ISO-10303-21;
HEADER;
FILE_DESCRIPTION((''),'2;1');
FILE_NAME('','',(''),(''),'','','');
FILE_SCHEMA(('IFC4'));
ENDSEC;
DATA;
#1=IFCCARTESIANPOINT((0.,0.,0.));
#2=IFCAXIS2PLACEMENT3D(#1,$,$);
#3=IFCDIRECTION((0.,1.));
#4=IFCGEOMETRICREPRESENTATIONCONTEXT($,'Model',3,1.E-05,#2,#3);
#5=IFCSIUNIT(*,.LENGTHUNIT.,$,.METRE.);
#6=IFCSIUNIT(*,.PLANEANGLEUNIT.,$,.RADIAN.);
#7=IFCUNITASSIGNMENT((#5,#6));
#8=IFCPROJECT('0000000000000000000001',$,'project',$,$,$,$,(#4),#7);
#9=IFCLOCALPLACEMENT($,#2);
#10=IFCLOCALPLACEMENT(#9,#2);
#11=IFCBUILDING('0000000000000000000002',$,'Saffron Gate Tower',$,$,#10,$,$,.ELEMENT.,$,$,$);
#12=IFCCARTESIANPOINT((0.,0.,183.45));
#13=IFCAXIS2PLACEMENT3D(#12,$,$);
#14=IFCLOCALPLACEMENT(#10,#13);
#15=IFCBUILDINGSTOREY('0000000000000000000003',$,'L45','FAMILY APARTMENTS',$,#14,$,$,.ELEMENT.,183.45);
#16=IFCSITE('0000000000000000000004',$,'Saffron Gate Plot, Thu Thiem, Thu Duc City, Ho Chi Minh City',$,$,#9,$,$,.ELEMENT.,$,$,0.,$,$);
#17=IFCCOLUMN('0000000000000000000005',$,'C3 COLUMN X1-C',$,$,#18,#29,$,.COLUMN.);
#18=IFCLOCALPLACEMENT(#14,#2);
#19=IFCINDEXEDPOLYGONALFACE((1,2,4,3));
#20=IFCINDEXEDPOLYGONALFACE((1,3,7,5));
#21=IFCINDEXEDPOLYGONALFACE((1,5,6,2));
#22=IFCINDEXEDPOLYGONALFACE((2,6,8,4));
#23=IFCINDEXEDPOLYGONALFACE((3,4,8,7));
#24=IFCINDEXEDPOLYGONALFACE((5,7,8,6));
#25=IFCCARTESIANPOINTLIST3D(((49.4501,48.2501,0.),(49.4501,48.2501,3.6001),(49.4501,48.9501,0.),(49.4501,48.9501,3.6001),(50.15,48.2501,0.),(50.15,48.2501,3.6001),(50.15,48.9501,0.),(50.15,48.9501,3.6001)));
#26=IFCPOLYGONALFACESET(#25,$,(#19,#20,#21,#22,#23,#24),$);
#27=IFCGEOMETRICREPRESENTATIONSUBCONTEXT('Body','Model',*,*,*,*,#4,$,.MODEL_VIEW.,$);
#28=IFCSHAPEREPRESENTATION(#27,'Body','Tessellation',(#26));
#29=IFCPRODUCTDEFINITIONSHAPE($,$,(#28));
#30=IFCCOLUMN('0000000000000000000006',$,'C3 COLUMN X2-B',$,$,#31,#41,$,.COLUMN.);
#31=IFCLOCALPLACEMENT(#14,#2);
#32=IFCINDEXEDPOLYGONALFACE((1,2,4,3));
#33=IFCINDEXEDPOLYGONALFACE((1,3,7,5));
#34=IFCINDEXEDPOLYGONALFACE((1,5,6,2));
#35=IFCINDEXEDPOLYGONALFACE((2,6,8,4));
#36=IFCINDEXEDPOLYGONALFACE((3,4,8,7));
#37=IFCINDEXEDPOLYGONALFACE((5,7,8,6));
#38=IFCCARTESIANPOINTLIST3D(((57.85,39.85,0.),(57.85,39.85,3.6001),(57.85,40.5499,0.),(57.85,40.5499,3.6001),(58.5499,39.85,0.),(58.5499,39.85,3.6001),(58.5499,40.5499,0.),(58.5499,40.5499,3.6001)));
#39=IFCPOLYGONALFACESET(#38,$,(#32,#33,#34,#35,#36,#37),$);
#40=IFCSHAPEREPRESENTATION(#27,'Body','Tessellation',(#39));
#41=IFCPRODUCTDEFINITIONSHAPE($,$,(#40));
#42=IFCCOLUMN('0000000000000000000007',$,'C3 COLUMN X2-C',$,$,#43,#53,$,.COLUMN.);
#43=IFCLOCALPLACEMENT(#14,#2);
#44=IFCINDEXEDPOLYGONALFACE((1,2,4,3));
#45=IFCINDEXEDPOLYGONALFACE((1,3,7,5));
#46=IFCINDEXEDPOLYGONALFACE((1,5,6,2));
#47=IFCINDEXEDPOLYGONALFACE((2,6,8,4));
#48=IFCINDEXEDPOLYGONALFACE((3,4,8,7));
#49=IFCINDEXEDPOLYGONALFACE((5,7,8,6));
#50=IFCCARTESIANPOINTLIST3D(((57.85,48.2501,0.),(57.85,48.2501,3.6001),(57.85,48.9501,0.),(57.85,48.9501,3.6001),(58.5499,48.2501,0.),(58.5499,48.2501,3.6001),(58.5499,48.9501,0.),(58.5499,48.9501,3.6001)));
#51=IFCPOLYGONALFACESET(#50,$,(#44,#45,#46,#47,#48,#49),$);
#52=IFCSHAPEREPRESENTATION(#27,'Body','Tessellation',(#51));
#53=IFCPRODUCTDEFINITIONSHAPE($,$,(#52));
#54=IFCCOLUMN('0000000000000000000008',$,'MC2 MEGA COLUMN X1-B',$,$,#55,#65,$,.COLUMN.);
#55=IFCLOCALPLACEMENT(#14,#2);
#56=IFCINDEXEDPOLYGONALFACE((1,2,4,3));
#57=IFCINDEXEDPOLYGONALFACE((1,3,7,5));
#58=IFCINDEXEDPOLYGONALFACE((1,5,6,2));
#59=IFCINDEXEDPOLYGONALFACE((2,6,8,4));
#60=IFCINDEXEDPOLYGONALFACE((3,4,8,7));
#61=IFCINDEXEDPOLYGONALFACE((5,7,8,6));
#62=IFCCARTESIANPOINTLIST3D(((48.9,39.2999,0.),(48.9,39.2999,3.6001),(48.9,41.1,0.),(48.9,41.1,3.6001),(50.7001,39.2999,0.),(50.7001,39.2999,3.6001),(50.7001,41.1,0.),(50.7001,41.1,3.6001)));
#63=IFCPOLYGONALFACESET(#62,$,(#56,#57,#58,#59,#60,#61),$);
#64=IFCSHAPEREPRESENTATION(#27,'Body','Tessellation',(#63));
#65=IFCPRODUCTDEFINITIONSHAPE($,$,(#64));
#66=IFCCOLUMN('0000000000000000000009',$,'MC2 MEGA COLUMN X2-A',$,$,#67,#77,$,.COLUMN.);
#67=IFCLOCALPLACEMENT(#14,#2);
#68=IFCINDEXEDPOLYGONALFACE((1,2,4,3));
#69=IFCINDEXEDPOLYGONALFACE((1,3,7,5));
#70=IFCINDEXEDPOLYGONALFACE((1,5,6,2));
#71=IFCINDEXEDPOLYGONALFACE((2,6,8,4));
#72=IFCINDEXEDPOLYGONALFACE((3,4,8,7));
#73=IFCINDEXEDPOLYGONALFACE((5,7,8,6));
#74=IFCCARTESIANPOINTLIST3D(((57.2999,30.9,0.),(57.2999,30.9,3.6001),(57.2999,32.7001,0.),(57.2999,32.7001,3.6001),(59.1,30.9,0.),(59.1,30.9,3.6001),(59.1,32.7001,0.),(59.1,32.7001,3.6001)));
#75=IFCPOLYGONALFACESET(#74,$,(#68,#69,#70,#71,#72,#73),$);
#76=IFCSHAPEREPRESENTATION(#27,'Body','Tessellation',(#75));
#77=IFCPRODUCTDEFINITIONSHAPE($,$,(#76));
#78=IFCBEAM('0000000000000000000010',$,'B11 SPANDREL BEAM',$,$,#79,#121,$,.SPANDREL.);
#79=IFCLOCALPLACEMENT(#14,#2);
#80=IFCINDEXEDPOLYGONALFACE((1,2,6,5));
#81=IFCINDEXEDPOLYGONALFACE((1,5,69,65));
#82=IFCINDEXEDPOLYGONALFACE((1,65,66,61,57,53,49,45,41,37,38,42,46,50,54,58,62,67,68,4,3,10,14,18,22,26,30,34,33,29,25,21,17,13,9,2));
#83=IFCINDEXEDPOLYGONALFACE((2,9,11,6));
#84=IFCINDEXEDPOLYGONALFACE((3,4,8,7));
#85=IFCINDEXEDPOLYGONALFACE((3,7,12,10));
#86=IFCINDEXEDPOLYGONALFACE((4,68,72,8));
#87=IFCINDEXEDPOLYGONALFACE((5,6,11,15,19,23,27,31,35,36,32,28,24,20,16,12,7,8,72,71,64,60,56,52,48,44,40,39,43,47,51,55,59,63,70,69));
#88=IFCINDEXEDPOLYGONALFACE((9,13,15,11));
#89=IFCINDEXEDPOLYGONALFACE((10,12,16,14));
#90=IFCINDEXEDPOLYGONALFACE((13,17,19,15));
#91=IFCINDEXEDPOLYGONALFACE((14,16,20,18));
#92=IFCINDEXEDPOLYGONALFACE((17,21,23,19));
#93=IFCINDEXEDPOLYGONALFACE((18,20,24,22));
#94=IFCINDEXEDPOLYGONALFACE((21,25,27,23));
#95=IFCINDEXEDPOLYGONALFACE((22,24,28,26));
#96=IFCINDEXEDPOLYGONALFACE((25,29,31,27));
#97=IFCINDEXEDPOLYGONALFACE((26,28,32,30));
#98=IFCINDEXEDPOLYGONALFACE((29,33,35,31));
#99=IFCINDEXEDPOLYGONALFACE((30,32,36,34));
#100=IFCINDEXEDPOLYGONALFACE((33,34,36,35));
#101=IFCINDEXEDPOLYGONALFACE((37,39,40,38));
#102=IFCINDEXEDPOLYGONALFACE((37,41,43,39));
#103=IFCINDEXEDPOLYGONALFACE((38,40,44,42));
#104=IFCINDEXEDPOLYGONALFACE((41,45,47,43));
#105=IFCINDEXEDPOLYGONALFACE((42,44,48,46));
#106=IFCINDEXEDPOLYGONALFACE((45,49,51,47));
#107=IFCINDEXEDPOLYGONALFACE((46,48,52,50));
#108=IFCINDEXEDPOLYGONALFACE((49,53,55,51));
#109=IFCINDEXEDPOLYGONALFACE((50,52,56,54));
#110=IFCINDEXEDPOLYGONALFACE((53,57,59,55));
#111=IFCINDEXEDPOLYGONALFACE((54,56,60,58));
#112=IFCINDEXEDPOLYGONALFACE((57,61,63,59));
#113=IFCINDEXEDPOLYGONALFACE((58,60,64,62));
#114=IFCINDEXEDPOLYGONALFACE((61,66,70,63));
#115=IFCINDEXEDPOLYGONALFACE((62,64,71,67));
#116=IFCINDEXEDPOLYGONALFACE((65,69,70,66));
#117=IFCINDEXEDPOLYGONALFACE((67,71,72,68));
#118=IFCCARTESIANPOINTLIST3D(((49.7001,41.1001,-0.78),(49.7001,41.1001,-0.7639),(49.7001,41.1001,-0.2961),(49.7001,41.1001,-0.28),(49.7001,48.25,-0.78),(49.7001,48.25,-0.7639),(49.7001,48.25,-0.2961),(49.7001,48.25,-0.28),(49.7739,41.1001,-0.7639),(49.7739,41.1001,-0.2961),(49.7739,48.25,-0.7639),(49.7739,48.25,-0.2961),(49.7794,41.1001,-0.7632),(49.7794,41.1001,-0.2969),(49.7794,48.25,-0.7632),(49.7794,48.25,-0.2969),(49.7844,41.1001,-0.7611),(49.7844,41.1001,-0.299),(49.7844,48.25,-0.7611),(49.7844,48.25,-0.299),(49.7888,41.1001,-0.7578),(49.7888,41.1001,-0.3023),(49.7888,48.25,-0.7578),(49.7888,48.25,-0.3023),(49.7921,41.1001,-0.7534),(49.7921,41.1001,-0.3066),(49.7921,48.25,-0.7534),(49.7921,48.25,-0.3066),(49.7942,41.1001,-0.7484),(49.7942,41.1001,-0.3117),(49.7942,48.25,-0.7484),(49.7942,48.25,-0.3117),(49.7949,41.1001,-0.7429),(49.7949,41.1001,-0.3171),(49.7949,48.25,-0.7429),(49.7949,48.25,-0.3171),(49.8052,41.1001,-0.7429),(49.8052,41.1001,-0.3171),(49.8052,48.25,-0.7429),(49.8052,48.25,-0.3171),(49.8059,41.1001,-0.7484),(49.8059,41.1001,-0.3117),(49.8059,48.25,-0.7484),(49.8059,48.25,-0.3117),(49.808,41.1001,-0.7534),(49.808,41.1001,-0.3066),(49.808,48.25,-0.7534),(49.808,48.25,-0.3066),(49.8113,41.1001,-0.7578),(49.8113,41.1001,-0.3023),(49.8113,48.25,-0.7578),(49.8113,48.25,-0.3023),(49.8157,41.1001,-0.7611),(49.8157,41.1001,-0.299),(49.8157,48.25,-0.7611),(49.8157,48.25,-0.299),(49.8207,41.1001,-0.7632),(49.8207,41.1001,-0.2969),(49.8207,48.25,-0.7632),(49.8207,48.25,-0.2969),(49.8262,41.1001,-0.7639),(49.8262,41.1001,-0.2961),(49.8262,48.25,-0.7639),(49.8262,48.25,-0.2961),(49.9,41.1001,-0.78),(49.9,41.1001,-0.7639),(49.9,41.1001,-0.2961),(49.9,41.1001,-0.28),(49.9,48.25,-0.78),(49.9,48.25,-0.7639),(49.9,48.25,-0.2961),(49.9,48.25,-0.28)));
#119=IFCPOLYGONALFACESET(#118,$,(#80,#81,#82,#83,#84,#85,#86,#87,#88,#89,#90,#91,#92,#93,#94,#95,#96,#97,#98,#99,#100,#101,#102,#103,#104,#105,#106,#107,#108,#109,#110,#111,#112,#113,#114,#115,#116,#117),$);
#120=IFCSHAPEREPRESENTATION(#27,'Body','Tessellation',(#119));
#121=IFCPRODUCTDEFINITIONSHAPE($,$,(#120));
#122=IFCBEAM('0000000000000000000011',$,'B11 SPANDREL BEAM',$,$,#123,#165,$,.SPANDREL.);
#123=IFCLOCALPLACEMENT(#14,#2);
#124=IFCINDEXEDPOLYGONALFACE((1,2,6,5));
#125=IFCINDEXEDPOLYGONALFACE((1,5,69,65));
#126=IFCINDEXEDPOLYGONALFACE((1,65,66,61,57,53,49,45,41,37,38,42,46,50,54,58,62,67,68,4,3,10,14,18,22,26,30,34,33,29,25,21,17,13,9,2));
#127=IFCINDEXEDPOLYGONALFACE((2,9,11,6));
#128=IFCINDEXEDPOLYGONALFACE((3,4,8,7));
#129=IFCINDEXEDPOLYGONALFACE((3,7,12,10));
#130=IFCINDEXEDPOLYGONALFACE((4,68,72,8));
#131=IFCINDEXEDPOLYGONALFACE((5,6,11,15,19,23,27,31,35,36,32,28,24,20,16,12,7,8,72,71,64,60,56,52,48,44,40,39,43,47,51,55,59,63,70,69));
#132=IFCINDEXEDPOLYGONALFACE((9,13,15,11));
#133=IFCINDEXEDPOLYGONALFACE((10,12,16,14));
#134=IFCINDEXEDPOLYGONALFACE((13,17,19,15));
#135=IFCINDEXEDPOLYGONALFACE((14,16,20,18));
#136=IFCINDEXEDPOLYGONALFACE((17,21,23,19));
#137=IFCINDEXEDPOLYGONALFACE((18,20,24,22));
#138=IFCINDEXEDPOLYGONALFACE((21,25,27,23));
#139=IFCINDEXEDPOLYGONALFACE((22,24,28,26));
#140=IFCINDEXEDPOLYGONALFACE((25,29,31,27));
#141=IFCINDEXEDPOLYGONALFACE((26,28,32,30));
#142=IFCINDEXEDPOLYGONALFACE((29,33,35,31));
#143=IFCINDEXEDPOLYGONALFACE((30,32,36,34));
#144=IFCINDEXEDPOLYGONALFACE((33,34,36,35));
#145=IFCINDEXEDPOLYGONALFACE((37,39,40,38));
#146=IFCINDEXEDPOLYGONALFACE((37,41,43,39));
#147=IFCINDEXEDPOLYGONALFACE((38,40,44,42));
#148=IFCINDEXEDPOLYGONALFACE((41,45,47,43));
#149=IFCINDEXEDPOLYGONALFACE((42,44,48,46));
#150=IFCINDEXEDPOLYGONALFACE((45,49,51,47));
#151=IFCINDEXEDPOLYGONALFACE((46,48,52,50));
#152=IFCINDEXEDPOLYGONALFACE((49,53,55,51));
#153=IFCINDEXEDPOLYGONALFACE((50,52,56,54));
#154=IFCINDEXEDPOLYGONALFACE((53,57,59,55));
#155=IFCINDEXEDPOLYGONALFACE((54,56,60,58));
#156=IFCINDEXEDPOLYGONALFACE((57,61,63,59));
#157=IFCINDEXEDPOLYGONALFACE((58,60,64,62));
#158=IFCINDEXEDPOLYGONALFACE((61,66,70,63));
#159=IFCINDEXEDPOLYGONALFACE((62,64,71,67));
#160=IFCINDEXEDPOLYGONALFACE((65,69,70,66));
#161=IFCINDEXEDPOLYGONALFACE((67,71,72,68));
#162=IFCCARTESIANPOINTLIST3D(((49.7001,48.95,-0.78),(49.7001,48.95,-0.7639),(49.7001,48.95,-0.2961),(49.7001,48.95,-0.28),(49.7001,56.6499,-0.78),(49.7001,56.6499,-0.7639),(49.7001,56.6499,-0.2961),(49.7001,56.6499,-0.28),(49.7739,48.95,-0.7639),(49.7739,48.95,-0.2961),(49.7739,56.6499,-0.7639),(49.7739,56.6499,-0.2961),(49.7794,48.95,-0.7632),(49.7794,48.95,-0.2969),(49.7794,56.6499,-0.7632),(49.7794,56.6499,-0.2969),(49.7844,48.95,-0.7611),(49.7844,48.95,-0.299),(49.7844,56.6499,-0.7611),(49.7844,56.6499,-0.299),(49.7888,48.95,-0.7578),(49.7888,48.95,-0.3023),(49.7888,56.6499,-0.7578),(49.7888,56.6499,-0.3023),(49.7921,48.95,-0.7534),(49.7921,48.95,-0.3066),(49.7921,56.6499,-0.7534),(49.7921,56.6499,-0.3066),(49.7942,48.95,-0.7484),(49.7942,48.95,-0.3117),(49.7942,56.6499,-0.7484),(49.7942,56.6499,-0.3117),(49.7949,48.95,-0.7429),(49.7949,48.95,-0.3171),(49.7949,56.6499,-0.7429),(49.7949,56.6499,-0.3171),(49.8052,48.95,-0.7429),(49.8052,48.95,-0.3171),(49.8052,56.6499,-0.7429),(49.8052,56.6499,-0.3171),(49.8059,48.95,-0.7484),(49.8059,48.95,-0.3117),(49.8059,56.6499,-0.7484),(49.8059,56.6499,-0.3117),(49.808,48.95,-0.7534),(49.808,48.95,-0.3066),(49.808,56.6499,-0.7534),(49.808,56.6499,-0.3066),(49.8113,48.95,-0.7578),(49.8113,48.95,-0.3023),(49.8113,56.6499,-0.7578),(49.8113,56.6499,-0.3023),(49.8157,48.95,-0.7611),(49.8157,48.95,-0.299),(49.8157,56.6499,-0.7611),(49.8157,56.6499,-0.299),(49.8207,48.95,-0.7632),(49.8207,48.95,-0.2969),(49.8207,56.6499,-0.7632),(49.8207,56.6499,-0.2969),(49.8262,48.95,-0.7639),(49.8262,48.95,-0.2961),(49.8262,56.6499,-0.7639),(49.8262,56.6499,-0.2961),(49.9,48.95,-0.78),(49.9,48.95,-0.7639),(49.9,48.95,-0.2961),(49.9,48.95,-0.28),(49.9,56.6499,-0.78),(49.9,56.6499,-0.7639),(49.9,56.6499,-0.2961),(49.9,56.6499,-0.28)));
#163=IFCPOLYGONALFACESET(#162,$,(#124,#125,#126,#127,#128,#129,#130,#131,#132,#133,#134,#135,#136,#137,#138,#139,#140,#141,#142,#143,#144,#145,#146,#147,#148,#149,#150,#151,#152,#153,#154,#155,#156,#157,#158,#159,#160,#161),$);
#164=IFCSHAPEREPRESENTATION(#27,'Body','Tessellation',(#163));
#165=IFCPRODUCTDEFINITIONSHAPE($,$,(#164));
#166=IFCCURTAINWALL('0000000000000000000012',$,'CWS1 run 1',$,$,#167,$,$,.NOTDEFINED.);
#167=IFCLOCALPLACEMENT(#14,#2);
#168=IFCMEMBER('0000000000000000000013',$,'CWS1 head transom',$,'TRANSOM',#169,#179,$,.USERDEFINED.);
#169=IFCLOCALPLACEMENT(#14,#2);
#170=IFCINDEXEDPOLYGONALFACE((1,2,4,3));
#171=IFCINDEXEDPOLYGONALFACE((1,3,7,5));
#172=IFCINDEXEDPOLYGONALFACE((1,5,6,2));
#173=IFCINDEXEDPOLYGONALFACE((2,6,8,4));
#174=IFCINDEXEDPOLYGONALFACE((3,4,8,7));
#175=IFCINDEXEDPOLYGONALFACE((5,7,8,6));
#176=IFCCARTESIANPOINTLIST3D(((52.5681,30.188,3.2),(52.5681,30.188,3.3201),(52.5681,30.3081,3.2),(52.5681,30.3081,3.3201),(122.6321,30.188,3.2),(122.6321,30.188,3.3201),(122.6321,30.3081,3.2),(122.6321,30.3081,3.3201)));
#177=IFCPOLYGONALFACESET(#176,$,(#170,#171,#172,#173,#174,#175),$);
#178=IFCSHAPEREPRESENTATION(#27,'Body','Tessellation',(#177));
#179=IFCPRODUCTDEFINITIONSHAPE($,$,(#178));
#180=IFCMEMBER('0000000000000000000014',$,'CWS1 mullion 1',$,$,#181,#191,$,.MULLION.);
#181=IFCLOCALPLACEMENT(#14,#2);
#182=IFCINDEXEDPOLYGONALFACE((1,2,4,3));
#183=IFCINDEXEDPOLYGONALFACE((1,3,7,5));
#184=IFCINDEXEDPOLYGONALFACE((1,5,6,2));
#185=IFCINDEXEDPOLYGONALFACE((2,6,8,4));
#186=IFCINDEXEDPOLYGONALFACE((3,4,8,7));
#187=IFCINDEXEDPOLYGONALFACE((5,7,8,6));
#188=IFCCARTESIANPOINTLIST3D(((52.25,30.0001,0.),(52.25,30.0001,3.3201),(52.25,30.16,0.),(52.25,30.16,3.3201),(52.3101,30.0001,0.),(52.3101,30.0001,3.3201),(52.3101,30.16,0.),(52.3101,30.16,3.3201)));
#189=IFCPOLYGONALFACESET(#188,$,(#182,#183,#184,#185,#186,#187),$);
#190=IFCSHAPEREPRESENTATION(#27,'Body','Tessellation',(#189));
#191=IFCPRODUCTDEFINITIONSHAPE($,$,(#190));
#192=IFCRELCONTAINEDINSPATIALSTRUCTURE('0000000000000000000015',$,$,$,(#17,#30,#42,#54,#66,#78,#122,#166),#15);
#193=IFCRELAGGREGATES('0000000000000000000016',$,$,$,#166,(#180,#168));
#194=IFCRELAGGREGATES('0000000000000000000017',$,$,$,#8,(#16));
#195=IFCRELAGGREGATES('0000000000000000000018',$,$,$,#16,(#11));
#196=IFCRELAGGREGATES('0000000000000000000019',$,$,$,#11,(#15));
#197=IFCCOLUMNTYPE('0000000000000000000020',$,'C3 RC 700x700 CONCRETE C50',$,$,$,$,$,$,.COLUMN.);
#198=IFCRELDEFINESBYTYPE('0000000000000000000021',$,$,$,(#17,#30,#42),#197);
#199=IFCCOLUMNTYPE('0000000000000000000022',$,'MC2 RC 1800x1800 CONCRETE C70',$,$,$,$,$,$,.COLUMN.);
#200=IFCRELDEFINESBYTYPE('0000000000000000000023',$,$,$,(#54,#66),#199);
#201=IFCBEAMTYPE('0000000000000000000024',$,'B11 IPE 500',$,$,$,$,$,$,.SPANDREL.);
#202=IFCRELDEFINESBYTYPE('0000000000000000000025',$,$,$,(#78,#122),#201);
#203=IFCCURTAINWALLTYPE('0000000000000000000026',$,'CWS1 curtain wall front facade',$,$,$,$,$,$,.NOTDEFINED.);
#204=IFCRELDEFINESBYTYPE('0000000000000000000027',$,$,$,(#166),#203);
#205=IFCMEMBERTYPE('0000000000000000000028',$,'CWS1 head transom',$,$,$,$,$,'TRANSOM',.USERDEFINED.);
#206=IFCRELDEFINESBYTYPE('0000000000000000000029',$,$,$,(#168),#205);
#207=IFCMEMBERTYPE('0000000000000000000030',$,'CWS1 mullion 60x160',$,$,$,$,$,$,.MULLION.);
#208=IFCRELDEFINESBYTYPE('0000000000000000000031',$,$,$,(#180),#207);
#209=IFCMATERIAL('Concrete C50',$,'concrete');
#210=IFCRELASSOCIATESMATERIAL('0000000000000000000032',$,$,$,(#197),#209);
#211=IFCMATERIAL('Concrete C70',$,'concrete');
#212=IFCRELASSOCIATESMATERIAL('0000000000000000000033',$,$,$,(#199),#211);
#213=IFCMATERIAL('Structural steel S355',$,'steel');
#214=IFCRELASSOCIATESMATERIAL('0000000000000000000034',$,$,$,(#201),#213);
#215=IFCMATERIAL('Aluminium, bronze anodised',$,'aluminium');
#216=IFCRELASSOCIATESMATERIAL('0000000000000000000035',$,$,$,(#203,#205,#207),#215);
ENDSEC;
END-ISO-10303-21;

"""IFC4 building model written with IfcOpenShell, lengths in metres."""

from ifc_helpers import new_model, si_unit, direction, frame, origin, origin_2d, place, context, subcontext, project, spatial, rectangle, i_section, extrude, material, material_profile, profile_set, type_object, element, aggregate, save


model = new_model("IFC4")

# Units and contexts
model_context = context("Model", 3, precision=1e-05, world=origin(), true_north=direction((0.0, 1.0)))
body_context = subcontext(model_context, "Body", "Model", "MODEL_VIEW")
ifc_project = project(units=[si_unit("LENGTHUNIT", "METRE"), si_unit("PLANEANGLEUNIT", "RADIAN")], contexts=[model_context])

# Site, building, storey
site_placement = place(None, origin())
site = spatial("IfcSite", under=ifc_project, at=site_placement, Name="Saffron Gate Plot, Thu Thiem, Thu Duc City, Ho Chi Minh City", CompositionType="ELEMENT", RefElevation=0.0)
building_placement = place(site_placement, origin())
building = spatial("IfcBuilding", under=site, at=building_placement, Name="Saffron Gate Tower", CompositionType="ELEMENT")
storey_placement = place(building_placement, frame((0.0, 0.0, 183.45)))
storey = spatial("IfcBuildingStorey", under=building, at=storey_placement, Name="L45", Description="FAMILY APARTMENTS", CompositionType="ELEMENT", Elevation=183.45)

# Columns
ifc_material_1 = material(Name="Concrete C50", Category="concrete")
ifc_material_profile_1 = material_profile(ifc_material_1, rectangle(XDim=0.7, YDim=0.7, at=origin_2d()))
ifc_profile_set_1 = profile_set([ifc_material_profile_1], Name="Concrete C50")
column_type_1 = type_object("IfcColumnType", Name="C3 RC 700x700 CONCRETE C50", PredefinedType="COLUMN", material=ifc_profile_set_1)
for number, where, z_axis, x_axis, name in (
    (1, (49.8, 48.6001, 0.0), (0.0, 0.0, 1.0), (1.0, 0.0, 0.0), "C3 COLUMN X1-C"),
    (2, (58.2, 40.2, 0.0), (0.0, 0.0, 1.0), (1.0, 0.0, 0.0), "C3 COLUMN X2-B"),
    (3, (58.2, 48.6001, 0.0), (0.0, 0.0, 1.0), (1.0, 0.0, 0.0), "C3 COLUMN X2-C"),
):
    element("IfcColumn", number, at=place(storey_placement, frame(where, z_axis=z_axis, x_axis=x_axis)), inside=storey, type_object=column_type_1, Name=name, PredefinedType="COLUMN", context=body_context, shape_type="SweptSolid", body=[
        extrude(rectangle(XDim=0.7, YDim=0.7, at=origin_2d()), origin(), (0.0, 0.0, 1.0), 3.6001),
    ])
ifc_material_2 = material(Name="Concrete C70", Category="concrete")
ifc_material_profile_2 = material_profile(ifc_material_2, rectangle(XDim=1.8, YDim=1.8, at=origin_2d()))
ifc_profile_set_2 = profile_set([ifc_material_profile_2], Name="Concrete C70")
column_type_2 = type_object("IfcColumnType", Name="MC2 RC 1800x1800 CONCRETE C70", PredefinedType="COLUMN", material=ifc_profile_set_2)
for number, where, z_axis, x_axis, name in (
    (4, (49.8, 40.2, 0.0), (0.0, 0.0, 1.0), (1.0, 0.0, 0.0), "MC2 MEGA COLUMN X1-B"),
    (5, (58.2, 31.8, 0.0), (0.0, 0.0, 1.0), (1.0, 0.0, 0.0), "MC2 MEGA COLUMN X2-A"),
):
    element("IfcColumn", number, at=place(storey_placement, frame(where, z_axis=z_axis, x_axis=x_axis)), inside=storey, type_object=column_type_2, Name=name, PredefinedType="COLUMN", context=body_context, shape_type="SweptSolid", body=[
        extrude(rectangle(XDim=1.8, YDim=1.8, at=origin_2d()), origin(), (0.0, 0.0, 1.0), 3.6001),
    ])

# Beams
ifc_material_3 = material(Name="Structural steel S355", Category="steel")
ifc_material_profile_3 = material_profile(ifc_material_3, i_section(OverallWidth=0.2, OverallDepth=0.5, WebThickness=0.0103, FlangeThickness=0.0161, FilletRadius=0.021, at=origin_2d()))
ifc_profile_set_3 = profile_set([ifc_material_profile_3], Name="Structural steel S355")
beam_type = type_object("IfcBeamType", Name="B11 IPE 500", PredefinedType="SPANDREL", material=ifc_profile_set_3)
beam_1_placement = place(storey_placement, frame((49.8, 41.1001, -0.53), z_axis=(0.0, 1.0, 0.0), x_axis=(-1.0, 0.0, 0.0)))
element("IfcBeam", 6, at=beam_1_placement, inside=storey, type_object=beam_type, Name="B11 SPANDREL BEAM", PredefinedType="SPANDREL", context=body_context, shape_type="SweptSolid", body=[
    extrude(i_section(OverallWidth=0.2, OverallDepth=0.5, WebThickness=0.0103, FlangeThickness=0.0161, FilletRadius=0.021, at=origin_2d()), origin(), (0.0, 0.0, 1.0), 7.1499),
])
beam_2_placement = place(storey_placement, frame((49.8, 48.95, -0.53), z_axis=(0.0, 1.0, 0.0), x_axis=(-1.0, 0.0, 0.0)))
element("IfcBeam", 7, at=beam_2_placement, inside=storey, type_object=beam_type, Name="B11 SPANDREL BEAM", PredefinedType="SPANDREL", context=body_context, shape_type="SweptSolid", body=[
    extrude(i_section(OverallWidth=0.2, OverallDepth=0.5, WebThickness=0.0103, FlangeThickness=0.0161, FilletRadius=0.021, at=origin_2d()), origin(), (0.0, 0.0, 1.0), 7.7),
])

# Curtain wall, members
ifc_material_4 = material(Name="Aluminium, bronze anodised", Category="aluminium")
curtain_wall_type_1 = type_object("IfcCurtainWallType", Name="CWS1 curtain wall front facade", PredefinedType="NOTDEFINED", material=ifc_material_4)
curtain_wall_1_placement = place(storey_placement, origin())
curtain_wall_1 = element("IfcCurtainWall", 8, at=curtain_wall_1_placement, inside=storey, type_object=curtain_wall_type_1, Name="CWS1 run 1", PredefinedType="NOTDEFINED")
ifc_material_profile_4 = material_profile(ifc_material_4, rectangle(XDim=0.1201, YDim=0.1201, at=origin_2d()))
ifc_profile_set_4 = profile_set([ifc_material_profile_4], Name="Aluminium, bronze anodised")
member_type_1 = type_object("IfcMemberType", Name="CWS1 head transom", ElementType="TRANSOM", PredefinedType="USERDEFINED", material=ifc_profile_set_4)
member_1_placement = place(storey_placement, frame((52.5681, 30.248, 3.26), z_axis=(1.0, 0.0, 0.0), x_axis=(0.0, 1.0, 0.0)))
member_1 = element("IfcMember", 9, at=member_1_placement, type_object=member_type_1, Name="CWS1 head transom", ObjectType="TRANSOM", PredefinedType="USERDEFINED", context=body_context, shape_type="SweptSolid", body=[
    extrude(rectangle(XDim=0.1201, YDim=0.1201, at=origin_2d()), origin(), (0.0, 0.0, 1.0), 70.064),
])
ifc_material_profile_5 = material_profile(ifc_material_4, rectangle(XDim=0.1599, YDim=0.0601, at=origin_2d()))
ifc_profile_set_5 = profile_set([ifc_material_profile_5], Name="Aluminium, bronze anodised")
member_type_2 = type_object("IfcMemberType", Name="CWS1 mullion 60x160", PredefinedType="MULLION", material=ifc_profile_set_5)
member_2_placement = place(storey_placement, frame((52.28, 30.0801, 0.0), z_axis=(0.0, 0.0, 1.0), x_axis=(0.0, 1.0, 0.0)))
member_2 = element("IfcMember", 10, at=member_2_placement, type_object=member_type_2, Name="CWS1 mullion 1", PredefinedType="MULLION", context=body_context, shape_type="SweptSolid", body=[
    extrude(rectangle(XDim=0.1599, YDim=0.0601, at=origin_2d()), origin(), (0.0, 0.0, 1.0), 3.3201),
])

aggregate(curtain_wall_1, [member_2, member_1])

save(model, "model.ifc")
